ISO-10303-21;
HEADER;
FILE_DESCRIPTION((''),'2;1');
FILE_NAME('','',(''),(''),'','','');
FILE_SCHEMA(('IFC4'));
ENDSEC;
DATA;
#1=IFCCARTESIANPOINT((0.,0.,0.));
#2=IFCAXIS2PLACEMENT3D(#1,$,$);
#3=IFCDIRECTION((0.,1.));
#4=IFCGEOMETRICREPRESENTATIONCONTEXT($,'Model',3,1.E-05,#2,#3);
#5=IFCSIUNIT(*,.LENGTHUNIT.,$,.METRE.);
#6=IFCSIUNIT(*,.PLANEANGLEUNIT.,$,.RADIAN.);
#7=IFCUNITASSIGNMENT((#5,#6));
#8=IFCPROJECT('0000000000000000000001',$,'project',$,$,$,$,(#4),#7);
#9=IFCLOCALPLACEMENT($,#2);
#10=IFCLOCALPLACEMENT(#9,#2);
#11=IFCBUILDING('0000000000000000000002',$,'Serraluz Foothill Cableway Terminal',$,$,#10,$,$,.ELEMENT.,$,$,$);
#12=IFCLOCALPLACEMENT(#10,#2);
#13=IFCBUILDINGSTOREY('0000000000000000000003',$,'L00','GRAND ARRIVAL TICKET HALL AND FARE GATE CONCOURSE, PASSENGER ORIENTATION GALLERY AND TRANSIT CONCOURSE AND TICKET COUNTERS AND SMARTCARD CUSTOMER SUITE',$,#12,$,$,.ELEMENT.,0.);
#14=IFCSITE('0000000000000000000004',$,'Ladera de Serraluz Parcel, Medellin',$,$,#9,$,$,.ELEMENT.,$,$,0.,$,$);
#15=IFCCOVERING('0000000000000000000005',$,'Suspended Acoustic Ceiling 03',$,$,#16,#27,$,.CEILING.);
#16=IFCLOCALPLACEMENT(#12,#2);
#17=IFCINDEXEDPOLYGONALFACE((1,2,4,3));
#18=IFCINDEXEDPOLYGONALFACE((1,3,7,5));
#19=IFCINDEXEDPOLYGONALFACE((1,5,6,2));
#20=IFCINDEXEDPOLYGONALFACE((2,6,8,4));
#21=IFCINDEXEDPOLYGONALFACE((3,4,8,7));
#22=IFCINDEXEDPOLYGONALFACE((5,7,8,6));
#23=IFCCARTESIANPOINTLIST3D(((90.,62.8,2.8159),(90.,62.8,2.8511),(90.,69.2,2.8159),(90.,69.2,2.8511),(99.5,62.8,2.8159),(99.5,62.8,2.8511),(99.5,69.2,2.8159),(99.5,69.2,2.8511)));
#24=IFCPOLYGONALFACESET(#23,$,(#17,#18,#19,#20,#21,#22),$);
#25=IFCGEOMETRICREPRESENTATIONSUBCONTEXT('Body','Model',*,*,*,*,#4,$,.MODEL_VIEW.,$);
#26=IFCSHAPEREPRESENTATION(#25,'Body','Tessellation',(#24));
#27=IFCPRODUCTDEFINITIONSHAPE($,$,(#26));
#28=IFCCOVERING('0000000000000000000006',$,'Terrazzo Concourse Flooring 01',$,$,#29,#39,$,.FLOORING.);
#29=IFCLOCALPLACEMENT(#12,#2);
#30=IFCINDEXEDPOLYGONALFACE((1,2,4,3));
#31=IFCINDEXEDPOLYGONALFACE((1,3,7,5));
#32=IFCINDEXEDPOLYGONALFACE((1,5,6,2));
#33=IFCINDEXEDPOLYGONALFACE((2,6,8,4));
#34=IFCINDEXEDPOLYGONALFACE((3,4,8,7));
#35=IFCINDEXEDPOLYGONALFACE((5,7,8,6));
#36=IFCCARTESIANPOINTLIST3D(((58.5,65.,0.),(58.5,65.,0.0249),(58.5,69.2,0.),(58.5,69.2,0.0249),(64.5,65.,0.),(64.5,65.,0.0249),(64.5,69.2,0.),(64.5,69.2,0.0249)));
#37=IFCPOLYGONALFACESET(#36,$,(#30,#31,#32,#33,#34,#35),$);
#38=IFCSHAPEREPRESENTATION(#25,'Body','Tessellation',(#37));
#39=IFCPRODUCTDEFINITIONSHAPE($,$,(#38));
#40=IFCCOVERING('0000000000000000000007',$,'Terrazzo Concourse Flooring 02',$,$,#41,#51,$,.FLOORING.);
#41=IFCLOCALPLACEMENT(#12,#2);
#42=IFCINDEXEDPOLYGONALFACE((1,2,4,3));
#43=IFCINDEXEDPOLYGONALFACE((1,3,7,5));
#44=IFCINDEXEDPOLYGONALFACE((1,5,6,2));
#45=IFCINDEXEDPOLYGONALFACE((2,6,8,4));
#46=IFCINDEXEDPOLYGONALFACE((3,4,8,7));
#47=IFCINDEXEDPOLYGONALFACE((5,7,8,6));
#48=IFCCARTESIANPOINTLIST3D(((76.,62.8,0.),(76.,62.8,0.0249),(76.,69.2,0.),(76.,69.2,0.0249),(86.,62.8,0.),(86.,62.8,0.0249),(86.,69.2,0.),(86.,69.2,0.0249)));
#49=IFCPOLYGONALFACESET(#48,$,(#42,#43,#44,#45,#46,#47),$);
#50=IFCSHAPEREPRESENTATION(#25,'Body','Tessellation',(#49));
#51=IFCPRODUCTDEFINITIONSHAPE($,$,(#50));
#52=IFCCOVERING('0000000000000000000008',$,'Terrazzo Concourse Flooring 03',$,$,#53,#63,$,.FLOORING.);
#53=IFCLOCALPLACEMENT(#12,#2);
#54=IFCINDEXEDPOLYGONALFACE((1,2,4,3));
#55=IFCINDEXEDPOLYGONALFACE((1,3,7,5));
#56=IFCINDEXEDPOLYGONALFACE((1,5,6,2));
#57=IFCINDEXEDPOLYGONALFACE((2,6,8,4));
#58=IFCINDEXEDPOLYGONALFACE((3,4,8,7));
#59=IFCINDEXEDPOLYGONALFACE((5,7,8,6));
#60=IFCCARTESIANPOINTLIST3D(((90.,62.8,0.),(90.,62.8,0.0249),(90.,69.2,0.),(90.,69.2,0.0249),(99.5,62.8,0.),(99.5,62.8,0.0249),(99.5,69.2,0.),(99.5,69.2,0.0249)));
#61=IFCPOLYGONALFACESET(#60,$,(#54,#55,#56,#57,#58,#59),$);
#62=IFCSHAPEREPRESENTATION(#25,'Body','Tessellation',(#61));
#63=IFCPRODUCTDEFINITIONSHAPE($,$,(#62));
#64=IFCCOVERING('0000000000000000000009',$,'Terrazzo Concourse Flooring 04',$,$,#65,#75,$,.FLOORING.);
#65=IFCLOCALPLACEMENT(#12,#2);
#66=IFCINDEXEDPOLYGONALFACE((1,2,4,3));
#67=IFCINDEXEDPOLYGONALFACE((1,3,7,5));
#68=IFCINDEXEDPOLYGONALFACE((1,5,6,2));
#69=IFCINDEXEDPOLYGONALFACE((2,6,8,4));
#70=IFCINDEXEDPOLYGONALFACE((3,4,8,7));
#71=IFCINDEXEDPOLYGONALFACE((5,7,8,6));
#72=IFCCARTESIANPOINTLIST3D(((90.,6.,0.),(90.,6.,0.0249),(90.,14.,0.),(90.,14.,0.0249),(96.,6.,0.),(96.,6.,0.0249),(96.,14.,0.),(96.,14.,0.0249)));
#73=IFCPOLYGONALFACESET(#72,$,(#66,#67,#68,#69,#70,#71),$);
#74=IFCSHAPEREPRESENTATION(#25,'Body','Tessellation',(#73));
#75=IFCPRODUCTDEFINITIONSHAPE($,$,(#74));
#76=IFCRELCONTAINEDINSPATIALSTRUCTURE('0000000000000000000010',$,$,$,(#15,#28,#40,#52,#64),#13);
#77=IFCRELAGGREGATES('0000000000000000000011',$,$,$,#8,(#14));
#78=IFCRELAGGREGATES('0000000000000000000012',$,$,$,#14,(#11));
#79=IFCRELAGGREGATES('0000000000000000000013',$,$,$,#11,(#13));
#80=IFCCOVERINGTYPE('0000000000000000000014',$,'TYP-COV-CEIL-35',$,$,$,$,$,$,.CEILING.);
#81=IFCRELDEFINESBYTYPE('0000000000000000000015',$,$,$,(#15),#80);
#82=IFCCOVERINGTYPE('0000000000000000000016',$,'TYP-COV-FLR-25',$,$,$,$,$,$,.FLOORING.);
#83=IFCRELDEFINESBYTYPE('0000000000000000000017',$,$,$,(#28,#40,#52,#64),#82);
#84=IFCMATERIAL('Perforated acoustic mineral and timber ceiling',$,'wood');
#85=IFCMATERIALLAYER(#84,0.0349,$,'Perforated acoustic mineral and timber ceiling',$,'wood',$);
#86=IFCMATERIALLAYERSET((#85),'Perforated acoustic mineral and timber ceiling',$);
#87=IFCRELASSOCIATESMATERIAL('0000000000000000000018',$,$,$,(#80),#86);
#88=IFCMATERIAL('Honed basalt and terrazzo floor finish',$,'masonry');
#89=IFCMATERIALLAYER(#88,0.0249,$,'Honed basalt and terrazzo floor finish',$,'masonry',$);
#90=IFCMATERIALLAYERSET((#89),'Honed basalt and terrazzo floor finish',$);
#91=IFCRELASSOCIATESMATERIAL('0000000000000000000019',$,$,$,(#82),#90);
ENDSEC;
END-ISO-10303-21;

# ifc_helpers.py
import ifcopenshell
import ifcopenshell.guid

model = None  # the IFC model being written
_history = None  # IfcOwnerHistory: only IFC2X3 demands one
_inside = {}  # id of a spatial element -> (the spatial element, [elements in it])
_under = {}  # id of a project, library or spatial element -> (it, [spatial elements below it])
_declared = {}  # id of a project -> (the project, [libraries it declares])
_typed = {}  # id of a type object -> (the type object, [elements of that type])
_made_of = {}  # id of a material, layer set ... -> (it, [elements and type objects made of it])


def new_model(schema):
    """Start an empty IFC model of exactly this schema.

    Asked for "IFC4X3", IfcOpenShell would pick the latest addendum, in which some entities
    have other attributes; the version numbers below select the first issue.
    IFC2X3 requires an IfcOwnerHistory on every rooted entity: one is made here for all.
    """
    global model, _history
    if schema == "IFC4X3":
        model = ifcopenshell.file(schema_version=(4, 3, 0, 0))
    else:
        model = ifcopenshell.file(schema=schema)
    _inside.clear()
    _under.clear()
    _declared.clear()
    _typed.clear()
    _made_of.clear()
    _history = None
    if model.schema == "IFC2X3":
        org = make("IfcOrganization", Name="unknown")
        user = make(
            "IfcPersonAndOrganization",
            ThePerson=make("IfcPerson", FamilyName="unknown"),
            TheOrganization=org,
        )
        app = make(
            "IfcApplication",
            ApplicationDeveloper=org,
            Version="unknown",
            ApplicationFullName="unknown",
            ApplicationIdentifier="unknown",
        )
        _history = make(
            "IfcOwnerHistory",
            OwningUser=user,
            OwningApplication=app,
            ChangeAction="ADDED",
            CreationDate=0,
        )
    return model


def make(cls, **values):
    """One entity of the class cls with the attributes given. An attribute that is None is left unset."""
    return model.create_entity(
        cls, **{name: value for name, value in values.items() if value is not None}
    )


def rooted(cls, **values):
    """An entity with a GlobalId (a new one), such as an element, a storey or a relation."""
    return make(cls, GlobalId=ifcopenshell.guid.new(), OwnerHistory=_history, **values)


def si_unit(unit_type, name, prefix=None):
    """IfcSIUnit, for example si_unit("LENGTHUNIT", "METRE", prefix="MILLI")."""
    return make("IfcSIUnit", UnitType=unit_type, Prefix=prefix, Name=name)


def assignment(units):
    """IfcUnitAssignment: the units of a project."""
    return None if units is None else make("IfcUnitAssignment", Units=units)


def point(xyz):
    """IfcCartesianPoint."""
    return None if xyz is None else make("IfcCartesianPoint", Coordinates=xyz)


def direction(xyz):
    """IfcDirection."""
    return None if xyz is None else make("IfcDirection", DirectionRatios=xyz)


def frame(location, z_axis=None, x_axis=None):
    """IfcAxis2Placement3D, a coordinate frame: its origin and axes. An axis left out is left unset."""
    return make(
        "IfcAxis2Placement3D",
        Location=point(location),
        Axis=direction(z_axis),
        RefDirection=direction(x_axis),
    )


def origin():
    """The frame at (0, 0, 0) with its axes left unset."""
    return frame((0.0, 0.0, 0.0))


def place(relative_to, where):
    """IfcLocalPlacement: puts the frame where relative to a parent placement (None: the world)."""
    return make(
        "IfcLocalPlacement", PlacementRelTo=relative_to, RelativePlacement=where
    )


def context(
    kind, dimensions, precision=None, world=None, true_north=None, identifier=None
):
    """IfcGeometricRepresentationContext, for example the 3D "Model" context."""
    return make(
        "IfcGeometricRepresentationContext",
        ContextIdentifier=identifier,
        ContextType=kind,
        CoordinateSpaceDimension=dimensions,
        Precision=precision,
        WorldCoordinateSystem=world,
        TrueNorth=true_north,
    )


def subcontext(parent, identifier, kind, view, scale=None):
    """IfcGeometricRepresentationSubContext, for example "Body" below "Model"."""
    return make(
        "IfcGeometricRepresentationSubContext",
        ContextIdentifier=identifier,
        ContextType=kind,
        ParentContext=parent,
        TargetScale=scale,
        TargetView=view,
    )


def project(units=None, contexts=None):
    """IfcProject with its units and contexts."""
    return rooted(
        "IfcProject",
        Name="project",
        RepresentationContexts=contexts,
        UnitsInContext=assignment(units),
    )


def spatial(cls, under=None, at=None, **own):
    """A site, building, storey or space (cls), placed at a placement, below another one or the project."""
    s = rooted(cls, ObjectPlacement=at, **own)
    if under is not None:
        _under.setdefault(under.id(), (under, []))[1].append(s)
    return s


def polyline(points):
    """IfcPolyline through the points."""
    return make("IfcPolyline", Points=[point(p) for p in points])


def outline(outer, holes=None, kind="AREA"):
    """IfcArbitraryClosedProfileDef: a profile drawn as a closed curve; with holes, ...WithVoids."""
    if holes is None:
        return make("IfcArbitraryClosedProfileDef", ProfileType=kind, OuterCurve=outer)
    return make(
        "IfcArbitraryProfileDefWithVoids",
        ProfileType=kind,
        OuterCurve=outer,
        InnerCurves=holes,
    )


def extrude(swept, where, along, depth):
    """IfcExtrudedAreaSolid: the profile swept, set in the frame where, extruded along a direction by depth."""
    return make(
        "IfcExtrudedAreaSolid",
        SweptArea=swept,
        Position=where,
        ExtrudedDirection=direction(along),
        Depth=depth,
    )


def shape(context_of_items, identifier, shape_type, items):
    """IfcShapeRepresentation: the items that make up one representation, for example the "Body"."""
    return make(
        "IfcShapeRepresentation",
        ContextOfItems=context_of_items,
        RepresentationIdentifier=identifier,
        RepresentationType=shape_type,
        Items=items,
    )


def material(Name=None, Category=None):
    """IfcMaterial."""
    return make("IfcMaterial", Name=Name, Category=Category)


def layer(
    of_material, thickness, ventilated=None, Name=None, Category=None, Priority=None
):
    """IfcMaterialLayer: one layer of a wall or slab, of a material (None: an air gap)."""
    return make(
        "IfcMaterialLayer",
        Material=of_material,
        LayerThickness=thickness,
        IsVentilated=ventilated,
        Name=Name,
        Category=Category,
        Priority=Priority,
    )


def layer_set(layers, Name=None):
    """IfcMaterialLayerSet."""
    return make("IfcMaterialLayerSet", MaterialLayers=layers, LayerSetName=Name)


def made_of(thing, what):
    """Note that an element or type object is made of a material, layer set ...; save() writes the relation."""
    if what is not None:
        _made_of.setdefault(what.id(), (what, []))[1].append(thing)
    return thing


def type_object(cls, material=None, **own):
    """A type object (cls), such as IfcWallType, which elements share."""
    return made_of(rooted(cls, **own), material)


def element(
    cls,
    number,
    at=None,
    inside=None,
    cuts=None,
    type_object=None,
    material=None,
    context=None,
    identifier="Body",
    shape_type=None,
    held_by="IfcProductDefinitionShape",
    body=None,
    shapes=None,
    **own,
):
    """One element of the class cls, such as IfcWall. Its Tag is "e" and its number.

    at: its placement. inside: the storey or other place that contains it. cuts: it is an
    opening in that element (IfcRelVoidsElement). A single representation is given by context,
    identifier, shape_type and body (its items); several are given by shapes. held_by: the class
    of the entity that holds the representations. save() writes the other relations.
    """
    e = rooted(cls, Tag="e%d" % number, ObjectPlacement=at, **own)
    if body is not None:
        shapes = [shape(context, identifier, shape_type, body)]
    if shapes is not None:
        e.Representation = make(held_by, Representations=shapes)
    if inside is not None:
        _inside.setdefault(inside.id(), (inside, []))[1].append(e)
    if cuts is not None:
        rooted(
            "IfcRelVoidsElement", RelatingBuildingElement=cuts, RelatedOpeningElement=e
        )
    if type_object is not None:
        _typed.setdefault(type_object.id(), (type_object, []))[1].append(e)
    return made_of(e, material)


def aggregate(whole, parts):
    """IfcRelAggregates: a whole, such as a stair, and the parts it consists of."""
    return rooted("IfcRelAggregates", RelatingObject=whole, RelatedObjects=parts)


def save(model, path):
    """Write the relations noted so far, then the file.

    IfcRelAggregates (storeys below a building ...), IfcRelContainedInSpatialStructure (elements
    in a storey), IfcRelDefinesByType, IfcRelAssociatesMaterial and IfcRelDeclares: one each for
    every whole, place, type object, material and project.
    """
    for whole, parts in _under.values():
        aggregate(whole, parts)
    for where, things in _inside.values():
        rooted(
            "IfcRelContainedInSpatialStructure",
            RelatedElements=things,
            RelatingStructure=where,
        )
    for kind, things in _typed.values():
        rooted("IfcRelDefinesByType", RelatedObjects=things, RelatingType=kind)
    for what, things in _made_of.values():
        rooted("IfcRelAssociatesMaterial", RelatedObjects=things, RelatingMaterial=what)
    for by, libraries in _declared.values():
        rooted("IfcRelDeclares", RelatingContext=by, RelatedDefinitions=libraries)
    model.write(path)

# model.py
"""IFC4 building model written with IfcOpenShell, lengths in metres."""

from ifc_helpers import new_model, si_unit, direction, frame, origin, place, context, subcontext, project, spatial, polyline, outline, extrude, material, layer, layer_set, type_object, element, save


model = new_model("IFC4")

# Units and contexts
model_context = context("Model", 3, precision=1e-05, world=origin(), true_north=direction((0.0, 1.0)))
body_context = subcontext(model_context, "Body", "Model", "MODEL_VIEW")
ifc_project = project(units=[si_unit("LENGTHUNIT", "METRE"), si_unit("PLANEANGLEUNIT", "RADIAN")], contexts=[model_context])

# Site, building, storey
site_placement = place(None, origin())
site = spatial("IfcSite", under=ifc_project, at=site_placement, Name="Ladera de Serraluz Parcel, Medellin", CompositionType="ELEMENT", RefElevation=0.0)
building_placement = place(site_placement, origin())
building = spatial("IfcBuilding", under=site, at=building_placement, Name="Serraluz Foothill Cableway Terminal", CompositionType="ELEMENT")
storey_placement = place(building_placement, origin())
storey = spatial("IfcBuildingStorey", under=building, at=storey_placement, Name="L00", Description="GRAND ARRIVAL TICKET HALL AND FARE GATE CONCOURSE, PASSENGER ORIENTATION GALLERY AND TRANSIT CONCOURSE AND TICKET COUNTERS AND SMARTCARD CUSTOMER SUITE", CompositionType="ELEMENT", Elevation=0.0)

# Coverings
ifc_material_1 = material(Name="Perforated acoustic mineral and timber ceiling", Category="wood")
ifc_layer_1 = layer(ifc_material_1, 0.0349, Name="Perforated acoustic mineral and timber ceiling", Category="wood")
ifc_layer_set_1 = layer_set([ifc_layer_1], Name="Perforated acoustic mineral and timber ceiling")
covering_type_1 = type_object("IfcCoveringType", Name="TYP-COV-CEIL-35", PredefinedType="CEILING", material=ifc_layer_set_1)
covering_1_placement = place(storey_placement, frame((0.0, 0.0, 2.8159)))
element("IfcCovering", 1, at=covering_1_placement, inside=storey, type_object=covering_type_1, Name="Suspended Acoustic Ceiling 03", PredefinedType="CEILING", context=body_context, shape_type="SweptSolid", body=[
    extrude(outline(polyline([(90.0, 62.8), (90.0, 69.2), (99.5, 69.2), (99.5, 62.8), (90.0, 62.8)])), origin(), (0.0, 0.0, 1.0), 0.0352),
])
ifc_material_2 = material(Name="Honed basalt and terrazzo floor finish", Category="masonry")
ifc_layer_2 = layer(ifc_material_2, 0.0249, Name="Honed basalt and terrazzo floor finish", Category="masonry")
ifc_layer_set_2 = layer_set([ifc_layer_2], Name="Honed basalt and terrazzo floor finish")
covering_type_2 = type_object("IfcCoveringType", Name="TYP-COV-FLR-25", PredefinedType="FLOORING", material=ifc_layer_set_2)
covering_2_placement = place(storey_placement, origin())
element("IfcCovering", 2, at=covering_2_placement, inside=storey, type_object=covering_type_2, Name="Terrazzo Concourse Flooring 01", PredefinedType="FLOORING", context=body_context, shape_type="SweptSolid", body=[
    extrude(outline(polyline([(58.5, 65.0), (64.5, 65.0), (64.5, 69.2), (58.5, 69.2), (58.5, 65.0)])), origin(), (0.0, 0.0, 1.0), 0.0249),
])
covering_3_placement = place(storey_placement, origin())
element("IfcCovering", 3, at=covering_3_placement, inside=storey, type_object=covering_type_2, Name="Terrazzo Concourse Flooring 02", PredefinedType="FLOORING", context=body_context, shape_type="SweptSolid", body=[
    extrude(outline(polyline([(76.0, 62.8), (86.0, 62.8), (86.0, 69.2), (76.0, 69.2), (76.0, 62.8)])), origin(), (0.0, 0.0, 1.0), 0.0249),
])
covering_4_placement = place(storey_placement, origin())
element("IfcCovering", 4, at=covering_4_placement, inside=storey, type_object=covering_type_2, Name="Terrazzo Concourse Flooring 03", PredefinedType="FLOORING", context=body_context, shape_type="SweptSolid", body=[
    extrude(outline(polyline([(90.0, 62.8), (99.5, 62.8), (99.5, 69.2), (90.0, 69.2), (90.0, 62.8)])), origin(), (0.0, 0.0, 1.0), 0.0249),
])
covering_5_placement = place(storey_placement, origin())
element("IfcCovering", 5, at=covering_5_placement, inside=storey, type_object=covering_type_2, Name="Terrazzo Concourse Flooring 04", PredefinedType="FLOORING", context=body_context, shape_type="SweptSolid", body=[
    extrude(outline(polyline([(90.0, 6.0), (96.0, 6.0), (96.0, 14.0), (90.0, 14.0), (90.0, 6.0)])), origin(), (0.0, 0.0, 1.0), 0.0249),
])

save(model, "model.ifc")
